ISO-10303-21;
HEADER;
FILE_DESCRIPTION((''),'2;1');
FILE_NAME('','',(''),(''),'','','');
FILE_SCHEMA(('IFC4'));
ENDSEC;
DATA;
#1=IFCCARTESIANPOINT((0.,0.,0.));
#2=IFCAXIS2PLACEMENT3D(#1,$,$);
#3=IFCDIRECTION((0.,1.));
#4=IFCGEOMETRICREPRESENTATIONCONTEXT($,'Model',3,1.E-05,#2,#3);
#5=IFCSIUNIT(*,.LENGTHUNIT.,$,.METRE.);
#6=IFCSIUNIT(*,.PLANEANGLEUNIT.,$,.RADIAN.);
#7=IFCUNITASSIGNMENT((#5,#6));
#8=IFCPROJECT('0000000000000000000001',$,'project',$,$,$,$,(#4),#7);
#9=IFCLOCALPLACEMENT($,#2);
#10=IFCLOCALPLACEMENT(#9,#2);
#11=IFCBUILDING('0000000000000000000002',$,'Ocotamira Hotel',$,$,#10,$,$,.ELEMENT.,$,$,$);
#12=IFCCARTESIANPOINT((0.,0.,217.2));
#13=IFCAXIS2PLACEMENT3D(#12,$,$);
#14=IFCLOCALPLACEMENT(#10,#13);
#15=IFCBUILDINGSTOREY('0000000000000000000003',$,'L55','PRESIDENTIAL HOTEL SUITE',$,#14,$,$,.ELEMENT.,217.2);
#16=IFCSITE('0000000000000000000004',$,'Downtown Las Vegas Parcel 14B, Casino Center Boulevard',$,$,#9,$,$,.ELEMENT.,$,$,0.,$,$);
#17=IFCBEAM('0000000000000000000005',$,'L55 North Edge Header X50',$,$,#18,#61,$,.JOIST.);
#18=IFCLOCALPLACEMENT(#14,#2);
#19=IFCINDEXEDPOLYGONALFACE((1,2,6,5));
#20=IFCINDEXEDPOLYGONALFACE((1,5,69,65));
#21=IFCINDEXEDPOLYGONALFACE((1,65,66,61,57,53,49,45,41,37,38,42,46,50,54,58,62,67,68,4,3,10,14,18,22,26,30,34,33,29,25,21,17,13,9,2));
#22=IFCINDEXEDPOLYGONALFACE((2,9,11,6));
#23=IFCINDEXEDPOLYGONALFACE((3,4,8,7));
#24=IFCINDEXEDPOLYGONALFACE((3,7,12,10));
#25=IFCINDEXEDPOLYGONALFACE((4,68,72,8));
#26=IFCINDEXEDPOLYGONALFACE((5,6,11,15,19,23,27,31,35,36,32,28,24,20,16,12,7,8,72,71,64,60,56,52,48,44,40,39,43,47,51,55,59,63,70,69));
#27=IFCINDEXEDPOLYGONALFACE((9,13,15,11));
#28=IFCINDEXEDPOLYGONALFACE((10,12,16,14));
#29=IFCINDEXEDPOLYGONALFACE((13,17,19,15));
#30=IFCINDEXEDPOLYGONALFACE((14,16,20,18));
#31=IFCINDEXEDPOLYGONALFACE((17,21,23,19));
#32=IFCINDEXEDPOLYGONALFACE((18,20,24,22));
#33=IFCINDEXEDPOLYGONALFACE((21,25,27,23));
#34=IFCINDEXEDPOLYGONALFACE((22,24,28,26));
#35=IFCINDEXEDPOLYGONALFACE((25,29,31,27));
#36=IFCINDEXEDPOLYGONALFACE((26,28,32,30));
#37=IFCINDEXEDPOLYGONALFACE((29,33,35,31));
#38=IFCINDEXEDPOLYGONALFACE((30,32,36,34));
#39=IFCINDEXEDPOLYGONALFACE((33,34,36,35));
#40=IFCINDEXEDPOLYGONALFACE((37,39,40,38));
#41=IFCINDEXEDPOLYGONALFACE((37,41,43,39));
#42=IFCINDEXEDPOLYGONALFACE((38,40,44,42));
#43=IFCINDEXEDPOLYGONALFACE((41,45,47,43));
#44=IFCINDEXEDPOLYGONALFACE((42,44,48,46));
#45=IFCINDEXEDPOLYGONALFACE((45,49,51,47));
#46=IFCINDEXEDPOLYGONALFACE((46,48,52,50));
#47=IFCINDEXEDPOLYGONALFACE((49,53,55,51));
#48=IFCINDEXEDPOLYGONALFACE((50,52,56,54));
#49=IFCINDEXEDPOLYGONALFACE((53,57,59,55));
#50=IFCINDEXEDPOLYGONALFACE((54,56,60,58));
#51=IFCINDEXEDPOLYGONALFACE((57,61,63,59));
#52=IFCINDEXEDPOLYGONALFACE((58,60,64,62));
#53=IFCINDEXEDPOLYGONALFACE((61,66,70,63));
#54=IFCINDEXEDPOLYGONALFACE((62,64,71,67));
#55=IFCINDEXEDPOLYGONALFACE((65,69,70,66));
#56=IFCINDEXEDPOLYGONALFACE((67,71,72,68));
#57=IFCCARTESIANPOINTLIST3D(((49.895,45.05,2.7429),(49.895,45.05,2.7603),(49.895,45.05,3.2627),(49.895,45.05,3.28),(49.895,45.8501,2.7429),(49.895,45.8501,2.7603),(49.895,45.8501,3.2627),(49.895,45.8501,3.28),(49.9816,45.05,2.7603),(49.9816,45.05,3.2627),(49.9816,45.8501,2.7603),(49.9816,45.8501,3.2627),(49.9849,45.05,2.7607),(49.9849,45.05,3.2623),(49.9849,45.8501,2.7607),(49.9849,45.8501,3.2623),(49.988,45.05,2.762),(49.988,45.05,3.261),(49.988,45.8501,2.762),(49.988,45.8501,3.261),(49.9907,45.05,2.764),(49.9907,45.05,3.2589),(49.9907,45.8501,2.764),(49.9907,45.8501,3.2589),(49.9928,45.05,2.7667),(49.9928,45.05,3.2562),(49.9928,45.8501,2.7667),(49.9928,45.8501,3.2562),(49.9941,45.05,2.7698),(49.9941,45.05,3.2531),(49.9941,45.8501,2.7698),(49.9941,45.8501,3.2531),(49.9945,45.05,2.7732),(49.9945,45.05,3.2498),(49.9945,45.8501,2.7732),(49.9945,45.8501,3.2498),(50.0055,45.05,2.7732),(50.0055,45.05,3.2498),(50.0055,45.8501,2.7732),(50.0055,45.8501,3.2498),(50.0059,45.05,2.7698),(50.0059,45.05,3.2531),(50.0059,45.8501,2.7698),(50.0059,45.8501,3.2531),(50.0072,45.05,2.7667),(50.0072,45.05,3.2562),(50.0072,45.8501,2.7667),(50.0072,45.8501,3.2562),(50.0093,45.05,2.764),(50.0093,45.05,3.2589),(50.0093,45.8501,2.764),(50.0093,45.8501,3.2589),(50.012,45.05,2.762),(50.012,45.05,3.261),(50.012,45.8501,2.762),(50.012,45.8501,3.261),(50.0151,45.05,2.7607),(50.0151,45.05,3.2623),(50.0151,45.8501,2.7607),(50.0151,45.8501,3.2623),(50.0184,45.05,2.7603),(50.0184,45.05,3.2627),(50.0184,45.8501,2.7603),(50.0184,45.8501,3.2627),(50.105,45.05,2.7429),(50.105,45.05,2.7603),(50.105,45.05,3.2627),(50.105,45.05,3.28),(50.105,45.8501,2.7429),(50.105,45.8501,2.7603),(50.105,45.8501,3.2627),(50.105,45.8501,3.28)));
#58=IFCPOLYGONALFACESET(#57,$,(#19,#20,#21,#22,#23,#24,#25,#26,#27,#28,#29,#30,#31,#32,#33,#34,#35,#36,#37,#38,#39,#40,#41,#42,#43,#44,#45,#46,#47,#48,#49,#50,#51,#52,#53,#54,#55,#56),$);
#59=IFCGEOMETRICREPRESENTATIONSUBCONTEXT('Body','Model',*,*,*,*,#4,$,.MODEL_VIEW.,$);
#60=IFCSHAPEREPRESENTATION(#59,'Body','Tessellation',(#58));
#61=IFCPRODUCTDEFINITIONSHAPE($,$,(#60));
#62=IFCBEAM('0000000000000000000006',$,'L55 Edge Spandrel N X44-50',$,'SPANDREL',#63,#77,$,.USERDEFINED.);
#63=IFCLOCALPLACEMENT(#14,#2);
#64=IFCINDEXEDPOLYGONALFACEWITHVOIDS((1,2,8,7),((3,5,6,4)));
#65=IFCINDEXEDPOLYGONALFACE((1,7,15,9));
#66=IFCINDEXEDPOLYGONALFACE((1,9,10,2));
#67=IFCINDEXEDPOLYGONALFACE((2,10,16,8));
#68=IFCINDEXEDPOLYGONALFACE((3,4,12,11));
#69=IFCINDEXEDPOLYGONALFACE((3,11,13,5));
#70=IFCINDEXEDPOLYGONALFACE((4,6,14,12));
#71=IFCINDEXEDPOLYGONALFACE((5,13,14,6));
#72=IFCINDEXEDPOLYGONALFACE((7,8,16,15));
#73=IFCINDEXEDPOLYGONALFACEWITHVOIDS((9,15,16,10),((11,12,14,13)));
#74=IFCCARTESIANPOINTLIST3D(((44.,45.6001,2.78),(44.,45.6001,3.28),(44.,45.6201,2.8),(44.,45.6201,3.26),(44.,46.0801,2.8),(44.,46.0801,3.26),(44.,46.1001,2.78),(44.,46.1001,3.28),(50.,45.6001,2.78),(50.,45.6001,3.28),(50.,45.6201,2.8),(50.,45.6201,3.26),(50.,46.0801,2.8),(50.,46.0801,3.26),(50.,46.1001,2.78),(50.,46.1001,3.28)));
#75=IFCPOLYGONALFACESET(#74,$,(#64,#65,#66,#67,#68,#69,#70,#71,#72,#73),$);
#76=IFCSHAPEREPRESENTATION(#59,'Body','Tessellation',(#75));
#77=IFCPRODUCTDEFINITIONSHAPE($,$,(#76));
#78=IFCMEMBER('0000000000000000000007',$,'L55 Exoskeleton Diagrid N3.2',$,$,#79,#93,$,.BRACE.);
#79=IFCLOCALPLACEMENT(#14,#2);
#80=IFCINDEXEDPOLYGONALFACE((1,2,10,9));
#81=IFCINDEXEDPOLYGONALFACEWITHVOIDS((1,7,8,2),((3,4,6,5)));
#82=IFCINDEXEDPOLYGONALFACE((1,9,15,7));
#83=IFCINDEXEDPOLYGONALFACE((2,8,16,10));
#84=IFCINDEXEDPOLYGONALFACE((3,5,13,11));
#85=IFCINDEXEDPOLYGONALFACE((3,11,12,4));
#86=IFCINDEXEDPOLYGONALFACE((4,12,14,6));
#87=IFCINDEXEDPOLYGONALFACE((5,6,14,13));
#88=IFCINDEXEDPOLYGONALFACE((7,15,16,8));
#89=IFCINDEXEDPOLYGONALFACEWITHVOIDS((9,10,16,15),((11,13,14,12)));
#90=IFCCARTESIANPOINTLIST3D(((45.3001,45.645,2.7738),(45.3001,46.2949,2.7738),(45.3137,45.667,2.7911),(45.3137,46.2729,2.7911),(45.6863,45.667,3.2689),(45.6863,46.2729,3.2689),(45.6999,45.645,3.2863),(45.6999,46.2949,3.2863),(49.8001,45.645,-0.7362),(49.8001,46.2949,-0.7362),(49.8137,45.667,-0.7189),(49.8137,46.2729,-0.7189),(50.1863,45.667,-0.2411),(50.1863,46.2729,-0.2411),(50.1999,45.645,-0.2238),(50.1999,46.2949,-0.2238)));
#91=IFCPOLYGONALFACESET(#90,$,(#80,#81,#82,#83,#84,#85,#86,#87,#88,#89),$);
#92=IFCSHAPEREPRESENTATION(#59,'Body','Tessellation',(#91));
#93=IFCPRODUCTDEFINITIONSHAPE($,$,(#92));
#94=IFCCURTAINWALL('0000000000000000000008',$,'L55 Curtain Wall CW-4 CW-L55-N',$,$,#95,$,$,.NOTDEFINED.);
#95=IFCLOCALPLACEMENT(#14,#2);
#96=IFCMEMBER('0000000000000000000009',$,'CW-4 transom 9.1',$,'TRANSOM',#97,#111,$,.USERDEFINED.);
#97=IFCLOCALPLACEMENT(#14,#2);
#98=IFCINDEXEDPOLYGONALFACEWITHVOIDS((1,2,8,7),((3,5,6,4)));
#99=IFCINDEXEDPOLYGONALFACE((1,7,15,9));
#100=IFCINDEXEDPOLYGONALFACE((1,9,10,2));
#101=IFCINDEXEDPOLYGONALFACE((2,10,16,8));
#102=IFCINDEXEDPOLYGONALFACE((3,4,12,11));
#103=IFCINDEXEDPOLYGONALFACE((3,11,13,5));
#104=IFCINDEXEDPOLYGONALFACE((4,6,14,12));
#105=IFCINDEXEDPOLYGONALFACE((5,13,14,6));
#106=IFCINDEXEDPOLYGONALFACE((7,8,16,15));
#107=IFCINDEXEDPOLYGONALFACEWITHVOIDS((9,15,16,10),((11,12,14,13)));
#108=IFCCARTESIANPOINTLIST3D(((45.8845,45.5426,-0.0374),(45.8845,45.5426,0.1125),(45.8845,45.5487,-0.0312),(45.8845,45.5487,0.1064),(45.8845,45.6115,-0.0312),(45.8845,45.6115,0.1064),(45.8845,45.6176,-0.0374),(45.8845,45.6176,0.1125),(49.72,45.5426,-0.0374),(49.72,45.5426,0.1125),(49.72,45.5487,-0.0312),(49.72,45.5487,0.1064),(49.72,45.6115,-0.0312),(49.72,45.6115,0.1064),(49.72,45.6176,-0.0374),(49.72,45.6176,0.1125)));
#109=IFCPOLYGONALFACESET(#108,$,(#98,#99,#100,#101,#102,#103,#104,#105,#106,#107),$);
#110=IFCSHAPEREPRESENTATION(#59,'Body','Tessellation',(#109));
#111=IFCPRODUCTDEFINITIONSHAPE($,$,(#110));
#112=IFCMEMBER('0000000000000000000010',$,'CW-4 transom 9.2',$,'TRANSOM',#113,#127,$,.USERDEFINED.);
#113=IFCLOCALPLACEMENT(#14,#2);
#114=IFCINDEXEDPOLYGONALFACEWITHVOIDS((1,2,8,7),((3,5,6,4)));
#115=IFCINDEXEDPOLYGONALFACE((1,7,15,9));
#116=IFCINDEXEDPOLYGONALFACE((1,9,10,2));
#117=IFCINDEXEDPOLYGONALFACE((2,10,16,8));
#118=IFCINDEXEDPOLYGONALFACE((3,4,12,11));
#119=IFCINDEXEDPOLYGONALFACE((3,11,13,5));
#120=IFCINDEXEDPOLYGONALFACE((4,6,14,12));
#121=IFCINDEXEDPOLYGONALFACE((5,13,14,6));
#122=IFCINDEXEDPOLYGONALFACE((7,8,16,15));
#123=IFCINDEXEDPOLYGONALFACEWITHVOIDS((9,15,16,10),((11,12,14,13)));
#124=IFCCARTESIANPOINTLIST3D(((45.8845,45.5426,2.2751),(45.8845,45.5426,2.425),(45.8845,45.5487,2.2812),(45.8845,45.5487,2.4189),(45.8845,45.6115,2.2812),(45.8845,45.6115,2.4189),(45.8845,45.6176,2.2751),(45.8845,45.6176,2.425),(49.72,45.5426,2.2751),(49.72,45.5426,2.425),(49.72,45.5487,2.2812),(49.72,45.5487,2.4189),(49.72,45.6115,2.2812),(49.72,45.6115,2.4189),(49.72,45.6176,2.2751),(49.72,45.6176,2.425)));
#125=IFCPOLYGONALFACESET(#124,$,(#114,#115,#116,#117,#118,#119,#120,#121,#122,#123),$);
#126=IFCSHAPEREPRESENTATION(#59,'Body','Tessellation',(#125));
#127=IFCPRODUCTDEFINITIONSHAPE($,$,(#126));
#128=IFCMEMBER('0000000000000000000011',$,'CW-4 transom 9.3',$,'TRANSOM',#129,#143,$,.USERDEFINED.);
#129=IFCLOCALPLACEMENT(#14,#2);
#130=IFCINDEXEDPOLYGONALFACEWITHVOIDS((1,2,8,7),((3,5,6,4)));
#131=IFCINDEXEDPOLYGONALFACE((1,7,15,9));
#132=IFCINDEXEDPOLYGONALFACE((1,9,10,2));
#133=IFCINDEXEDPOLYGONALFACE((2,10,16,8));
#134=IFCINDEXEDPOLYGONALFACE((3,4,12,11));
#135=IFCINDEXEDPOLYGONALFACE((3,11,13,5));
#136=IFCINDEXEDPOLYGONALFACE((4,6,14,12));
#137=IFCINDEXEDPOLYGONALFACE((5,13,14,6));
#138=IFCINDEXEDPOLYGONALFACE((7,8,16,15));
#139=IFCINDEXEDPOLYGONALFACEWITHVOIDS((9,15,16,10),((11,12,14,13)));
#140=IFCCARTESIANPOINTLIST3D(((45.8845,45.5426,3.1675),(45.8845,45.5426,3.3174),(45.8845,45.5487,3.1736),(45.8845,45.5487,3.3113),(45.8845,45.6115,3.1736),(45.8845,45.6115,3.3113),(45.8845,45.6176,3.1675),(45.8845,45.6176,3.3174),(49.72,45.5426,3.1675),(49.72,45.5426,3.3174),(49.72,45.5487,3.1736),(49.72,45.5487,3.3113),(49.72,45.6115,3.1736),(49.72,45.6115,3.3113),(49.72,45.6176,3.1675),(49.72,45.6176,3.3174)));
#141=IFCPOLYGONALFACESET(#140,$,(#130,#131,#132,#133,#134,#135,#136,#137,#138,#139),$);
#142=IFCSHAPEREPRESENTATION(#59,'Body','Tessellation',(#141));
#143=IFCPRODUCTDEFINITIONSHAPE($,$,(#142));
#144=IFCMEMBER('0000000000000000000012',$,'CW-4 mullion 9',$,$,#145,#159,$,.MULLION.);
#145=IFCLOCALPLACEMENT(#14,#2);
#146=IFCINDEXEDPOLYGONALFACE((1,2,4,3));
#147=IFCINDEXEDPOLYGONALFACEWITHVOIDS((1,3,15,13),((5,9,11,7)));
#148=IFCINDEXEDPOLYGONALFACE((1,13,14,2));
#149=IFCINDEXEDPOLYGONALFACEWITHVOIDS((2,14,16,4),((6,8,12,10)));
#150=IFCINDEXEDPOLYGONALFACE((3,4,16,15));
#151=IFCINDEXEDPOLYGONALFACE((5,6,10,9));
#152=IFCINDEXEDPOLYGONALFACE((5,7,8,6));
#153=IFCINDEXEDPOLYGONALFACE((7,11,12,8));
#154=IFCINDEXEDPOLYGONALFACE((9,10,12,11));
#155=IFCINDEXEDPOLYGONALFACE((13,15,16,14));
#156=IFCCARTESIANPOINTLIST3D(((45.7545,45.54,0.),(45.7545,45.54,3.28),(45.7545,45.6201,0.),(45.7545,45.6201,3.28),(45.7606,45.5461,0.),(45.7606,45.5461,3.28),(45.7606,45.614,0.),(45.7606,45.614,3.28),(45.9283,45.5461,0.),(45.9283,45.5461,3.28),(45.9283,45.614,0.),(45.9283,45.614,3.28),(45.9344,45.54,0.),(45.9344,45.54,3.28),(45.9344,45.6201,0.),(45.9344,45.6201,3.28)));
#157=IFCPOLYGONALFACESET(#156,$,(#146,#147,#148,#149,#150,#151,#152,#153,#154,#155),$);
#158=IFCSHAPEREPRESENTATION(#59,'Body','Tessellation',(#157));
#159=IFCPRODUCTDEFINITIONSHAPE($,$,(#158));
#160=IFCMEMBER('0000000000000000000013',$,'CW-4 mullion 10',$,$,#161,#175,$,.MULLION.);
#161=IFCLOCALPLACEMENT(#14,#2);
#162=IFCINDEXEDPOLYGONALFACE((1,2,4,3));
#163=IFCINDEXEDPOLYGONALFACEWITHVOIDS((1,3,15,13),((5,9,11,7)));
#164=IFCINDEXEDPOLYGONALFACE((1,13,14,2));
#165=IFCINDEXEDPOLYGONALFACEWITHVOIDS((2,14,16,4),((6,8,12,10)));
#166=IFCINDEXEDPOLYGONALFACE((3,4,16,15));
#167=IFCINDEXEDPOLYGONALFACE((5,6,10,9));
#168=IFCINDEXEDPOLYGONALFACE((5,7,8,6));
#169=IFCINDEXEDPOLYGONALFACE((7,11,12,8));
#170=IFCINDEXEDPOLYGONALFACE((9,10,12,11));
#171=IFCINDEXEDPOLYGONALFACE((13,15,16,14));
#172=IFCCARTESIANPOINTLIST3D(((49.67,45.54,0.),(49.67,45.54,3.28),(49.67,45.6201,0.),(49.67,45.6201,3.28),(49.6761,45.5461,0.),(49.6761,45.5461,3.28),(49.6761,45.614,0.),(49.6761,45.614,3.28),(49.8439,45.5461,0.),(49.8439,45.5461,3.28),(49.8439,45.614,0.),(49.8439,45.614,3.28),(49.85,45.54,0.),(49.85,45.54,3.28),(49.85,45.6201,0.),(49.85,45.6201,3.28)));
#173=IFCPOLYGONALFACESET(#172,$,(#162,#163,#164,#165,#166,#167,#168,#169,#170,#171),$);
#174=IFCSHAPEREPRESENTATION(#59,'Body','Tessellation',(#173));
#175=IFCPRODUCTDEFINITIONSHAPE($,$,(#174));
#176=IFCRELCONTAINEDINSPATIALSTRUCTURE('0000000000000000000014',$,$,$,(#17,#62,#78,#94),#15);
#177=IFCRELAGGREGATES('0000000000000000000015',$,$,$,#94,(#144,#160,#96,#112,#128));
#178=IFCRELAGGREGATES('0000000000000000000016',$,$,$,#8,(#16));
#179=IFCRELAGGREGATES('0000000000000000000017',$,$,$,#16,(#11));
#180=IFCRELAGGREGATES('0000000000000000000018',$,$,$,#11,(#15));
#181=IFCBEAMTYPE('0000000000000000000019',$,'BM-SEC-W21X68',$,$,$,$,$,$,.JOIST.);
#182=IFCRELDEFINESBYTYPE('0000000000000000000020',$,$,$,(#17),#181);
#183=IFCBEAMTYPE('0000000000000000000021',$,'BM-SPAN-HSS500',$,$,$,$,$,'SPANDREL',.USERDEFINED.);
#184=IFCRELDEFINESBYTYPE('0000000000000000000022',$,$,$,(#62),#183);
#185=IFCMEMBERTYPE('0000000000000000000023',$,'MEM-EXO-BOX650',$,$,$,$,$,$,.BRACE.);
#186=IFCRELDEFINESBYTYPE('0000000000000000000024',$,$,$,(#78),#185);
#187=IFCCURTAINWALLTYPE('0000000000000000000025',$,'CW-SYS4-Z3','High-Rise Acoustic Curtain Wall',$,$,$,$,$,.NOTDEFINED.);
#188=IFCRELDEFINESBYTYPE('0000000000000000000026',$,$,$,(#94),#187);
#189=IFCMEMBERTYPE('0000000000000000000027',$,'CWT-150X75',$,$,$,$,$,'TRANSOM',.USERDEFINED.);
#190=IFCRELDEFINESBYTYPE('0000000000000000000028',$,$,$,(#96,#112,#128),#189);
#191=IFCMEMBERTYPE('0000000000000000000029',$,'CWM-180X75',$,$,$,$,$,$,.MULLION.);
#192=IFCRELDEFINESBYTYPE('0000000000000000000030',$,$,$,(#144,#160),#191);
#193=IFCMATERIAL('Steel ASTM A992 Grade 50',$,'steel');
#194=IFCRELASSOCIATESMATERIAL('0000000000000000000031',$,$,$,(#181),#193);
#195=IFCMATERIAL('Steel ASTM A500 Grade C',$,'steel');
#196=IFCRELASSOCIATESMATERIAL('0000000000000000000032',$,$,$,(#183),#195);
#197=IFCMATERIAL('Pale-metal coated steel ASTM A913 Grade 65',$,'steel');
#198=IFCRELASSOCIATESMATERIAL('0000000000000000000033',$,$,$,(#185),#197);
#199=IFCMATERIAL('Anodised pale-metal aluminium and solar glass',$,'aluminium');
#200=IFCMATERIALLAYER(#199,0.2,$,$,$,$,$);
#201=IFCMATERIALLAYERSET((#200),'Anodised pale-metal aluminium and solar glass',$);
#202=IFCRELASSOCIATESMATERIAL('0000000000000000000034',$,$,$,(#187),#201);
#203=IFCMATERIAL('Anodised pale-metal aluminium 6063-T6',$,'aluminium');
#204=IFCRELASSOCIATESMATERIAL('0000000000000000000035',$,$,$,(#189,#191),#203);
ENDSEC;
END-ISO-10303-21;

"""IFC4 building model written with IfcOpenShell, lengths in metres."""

from ifc_helpers import new_model, si_unit, direction, frame, origin, origin_2d, place, context, subcontext, project, spatial, hollow_rectangle, i_section, extrude, source, transform, mapped, material, layer, layer_set, material_profile, profile_set, type_object, element, aggregate, save


model = new_model("IFC4")

# Units and contexts
model_context = context("Model", 3, precision=1e-05, world=origin(), true_north=direction((0.0, 1.0)))
body_context = subcontext(model_context, "Body", "Model", "MODEL_VIEW")
ifc_project = project(units=[si_unit("LENGTHUNIT", "METRE"), si_unit("PLANEANGLEUNIT", "RADIAN")], contexts=[model_context])

# Site, building, storey
site_placement = place(None, origin())
site = spatial("IfcSite", under=ifc_project, at=site_placement, Name="Downtown Las Vegas Parcel 14B, Casino Center Boulevard", CompositionType="ELEMENT", RefElevation=0.0)
building_placement = place(site_placement, origin())
building = spatial("IfcBuilding", under=site, at=building_placement, Name="Ocotamira Hotel", CompositionType="ELEMENT")
storey_placement = place(building_placement, frame((0.0, 0.0, 217.2)))
storey = spatial("IfcBuildingStorey", under=building, at=storey_placement, Name="L55", Description="PRESIDENTIAL HOTEL SUITE", CompositionType="ELEMENT", Elevation=217.2)

# Beams
ifc_material_1 = material(Name="Steel ASTM A992 Grade 50", Category="steel")
ifc_material_profile_1 = material_profile(ifc_material_1, i_section(OverallWidth=0.21, OverallDepth=0.5371, WebThickness=0.011, FlangeThickness=0.0173, FilletRadius=0.0129, at=origin_2d()), Name="W21X68")
ifc_profile_set_1 = profile_set([ifc_material_profile_1], Name="Steel ASTM A992 Grade 50")
beam_type_1 = type_object("IfcBeamType", Name="BM-SEC-W21X68", PredefinedType="JOIST", material=ifc_profile_set_1)
shared_shape_1 = source(origin(), body_context, "Body", "SweptSolid", [
    extrude(i_section(OverallWidth=0.21, OverallDepth=0.5371, WebThickness=0.011, FlangeThickness=0.0173, FilletRadius=0.0129, at=origin_2d()), origin(), (0.0, 0.0, 1.0), 0.8),
])
for number, where, z_axis, x_axis, name in (
    (1, (50.0, 45.05, 3.0115), (0.0, 1.0, 0.0), (-1.0, 0.0, 0.0), "L55 North Edge Header X50"),
):
    element("IfcBeam", number, at=place(storey_placement, frame(where, z_axis=z_axis, x_axis=x_axis)), inside=storey, type_object=beam_type_1, Name=name, PredefinedType="JOIST", context=body_context, shape_type="MappedRepresentation", body=[
        mapped(shared_shape_1, transform((0.0, 0.0, 0.0), scale=1.0)),
    ])
ifc_material_2 = material(Name="Steel ASTM A500 Grade C", Category="steel")
ifc_material_profile_2 = material_profile(ifc_material_2, hollow_rectangle(XDim=0.5, YDim=0.5, WallThickness=0.02, at=origin_2d()), Name="HSS500X500X20")
ifc_profile_set_2 = profile_set([ifc_material_profile_2], Name="Steel ASTM A500 Grade C")
beam_type_2 = type_object("IfcBeamType", Name="BM-SPAN-HSS500", ElementType="SPANDREL", PredefinedType="USERDEFINED", material=ifc_profile_set_2)
shared_shape_2 = source(origin(), body_context, "Body", "SweptSolid", [
    extrude(hollow_rectangle(XDim=0.5, YDim=0.5, WallThickness=0.02, at=origin_2d()), origin(), (0.0, 0.0, 1.0), 6.0),
])
beam_1_placement = place(storey_placement, frame((44.0, 45.8501, 3.03), z_axis=(1.0, 0.0, 0.0), x_axis=(0.0, 1.0, 0.0)))
element("IfcBeam", 2, at=beam_1_placement, inside=storey, type_object=beam_type_2, Name="L55 Edge Spandrel N X44-50", ObjectType="SPANDREL", PredefinedType="USERDEFINED", context=body_context, shape_type="MappedRepresentation", body=[
    mapped(shared_shape_2, transform((0.0, 0.0, 0.0), scale=1.0)),
])

# Member
ifc_material_3 = material(Name="Pale-metal coated steel ASTM A913 Grade 65", Category="steel")
ifc_material_profile_3 = material_profile(ifc_material_3, hollow_rectangle(XDim=0.6499, YDim=0.6499, WallThickness=0.022, at=origin_2d()), Name="BOX650X650X22")
ifc_profile_set_3 = profile_set([ifc_material_profile_3], Name="Pale-metal coated steel ASTM A913 Grade 65")
member_type_1 = type_object("IfcMemberType", Name="MEM-EXO-BOX650", PredefinedType="BRACE", material=ifc_profile_set_3)
shared_shape_3 = source(origin(), body_context, "Body", "SweptSolid", [
    extrude(hollow_rectangle(XDim=0.6499, YDim=0.6499, WallThickness=0.022, at=origin_2d()), origin(), (0.0, 0.0, 1.0), 5.707),
])
member_1_placement = place(storey_placement, frame((50.0, 45.97, -0.48), z_axis=(-0.788501, 0.0, 0.615033), x_axis=(0.0, -1.0, 0.0)))
element("IfcMember", 3, at=member_1_placement, inside=storey, type_object=member_type_1, Name="L55 Exoskeleton Diagrid N3.2", PredefinedType="BRACE", context=body_context, shape_type="MappedRepresentation", body=[
    mapped(shared_shape_3, transform((0.0, 0.0, 0.0), scale=1.0)),
])

# Curtain wall, members
ifc_material_4 = material(Name="Anodised pale-metal aluminium and solar glass", Category="aluminium")
ifc_layer_1 = layer(ifc_material_4, 0.2)
ifc_layer_set_1 = layer_set([ifc_layer_1], Name="Anodised pale-metal aluminium and solar glass")
curtain_wall_type = type_object("IfcCurtainWallType", Name="CW-SYS4-Z3", Description="High-Rise Acoustic Curtain Wall", PredefinedType="NOTDEFINED", material=ifc_layer_set_1)
curtain_wall_1_placement = place(storey_placement, origin())
curtain_wall_1 = element("IfcCurtainWall", 4, at=curtain_wall_1_placement, inside=storey, type_object=curtain_wall_type, Name="L55 Curtain Wall CW-4 CW-L55-N", PredefinedType="NOTDEFINED")
ifc_material_5 = material(Name="Anodised pale-metal aluminium 6063-T6", Category="aluminium")
ifc_material_profile_4 = material_profile(ifc_material_5, hollow_rectangle(XDim=0.075, YDim=0.1499, WallThickness=0.0061, at=origin_2d()), Name="HSS150X75X6")
ifc_profile_set_4 = profile_set([ifc_material_profile_4], Name="Anodised pale-metal aluminium 6063-T6")
member_type_2 = type_object("IfcMemberType", Name="CWT-150X75", ElementType="TRANSOM", PredefinedType="USERDEFINED", material=ifc_profile_set_4)
shared_shape_4 = source(origin(), body_context, "Body", "SweptSolid", [
    extrude(hollow_rectangle(XDim=0.075, YDim=0.1499, WallThickness=0.0061, at=origin_2d()), origin(), (0.0, 0.0, 1.0), 3.8354),
])
member_2_placement = place(storey_placement, frame((45.8845, 45.5801, 0.0376), z_axis=(1.0, 0.0, 0.0), x_axis=(0.0, 1.0, 0.0)))
member_2 = element("IfcMember", 5, at=member_2_placement, type_object=member_type_2, Name="CW-4 transom 9.1", ObjectType="TRANSOM", PredefinedType="USERDEFINED", context=body_context, shape_type="MappedRepresentation", body=[
    mapped(shared_shape_4, transform((0.0, 0.0, 0.0), scale=1.0)),
])
member_3_placement = place(storey_placement, frame((45.8845, 45.5801, 2.3501), z_axis=(1.0, 0.0, 0.0), x_axis=(0.0, 1.0, 0.0)))
member_3 = element("IfcMember", 6, at=member_3_placement, type_object=member_type_2, Name="CW-4 transom 9.2", ObjectType="TRANSOM", PredefinedType="USERDEFINED", context=body_context, shape_type="MappedRepresentation", body=[
    mapped(shared_shape_4, transform((0.0, 0.0, 0.0), scale=1.0)),
])
member_4_placement = place(storey_placement, frame((45.8845, 45.5801, 3.2424), z_axis=(1.0, 0.0, 0.0), x_axis=(0.0, 1.0, 0.0)))
member_4 = element("IfcMember", 7, at=member_4_placement, type_object=member_type_2, Name="CW-4 transom 9.3", ObjectType="TRANSOM", PredefinedType="USERDEFINED", context=body_context, shape_type="MappedRepresentation", body=[
    mapped(shared_shape_4, transform((0.0, 0.0, 0.0), scale=1.0)),
])
ifc_material_profile_5 = material_profile(ifc_material_5, hollow_rectangle(XDim=0.0801, YDim=0.1799, WallThickness=0.0061, at=origin_2d()), Name="HSS180X80X6")
ifc_profile_set_5 = profile_set([ifc_material_profile_5], Name="Anodised pale-metal aluminium 6063-T6")
member_type_3 = type_object("IfcMemberType", Name="CWM-180X75", PredefinedType="MULLION", material=ifc_profile_set_5)
shared_shape_5 = source(origin(), body_context, "Body", "SweptSolid", [
    extrude(hollow_rectangle(XDim=0.0801, YDim=0.1799, WallThickness=0.0061, at=origin_2d()), origin(), (0.0, 0.0, 1.0), 3.28),
])
member_5_placement = place(storey_placement, frame((45.8445, 45.5801, 0.0), z_axis=(0.0, 0.0, 1.0), x_axis=(0.0, 1.0, 0.0)))
member_5 = element("IfcMember", 8, at=member_5_placement, type_object=member_type_3, Name="CW-4 mullion 9", PredefinedType="MULLION", context=body_context, shape_type="MappedRepresentation", body=[
    mapped(shared_shape_5, transform((0.0, 0.0, 0.0), scale=1.0)),
])
member_6_placement = place(storey_placement, frame((49.76, 45.5801, 0.0), z_axis=(0.0, 0.0, 1.0), x_axis=(0.0, 1.0, 0.0)))
member_6 = element("IfcMember", 9, at=member_6_placement, type_object=member_type_3, Name="CW-4 mullion 10", PredefinedType="MULLION", context=body_context, shape_type="MappedRepresentation", body=[
    mapped(shared_shape_5, transform((0.0, 0.0, 0.0), scale=1.0)),
])

aggregate(curtain_wall_1, [member_5, member_6, member_2, member_3, member_4])

save(model, "model.ifc")
